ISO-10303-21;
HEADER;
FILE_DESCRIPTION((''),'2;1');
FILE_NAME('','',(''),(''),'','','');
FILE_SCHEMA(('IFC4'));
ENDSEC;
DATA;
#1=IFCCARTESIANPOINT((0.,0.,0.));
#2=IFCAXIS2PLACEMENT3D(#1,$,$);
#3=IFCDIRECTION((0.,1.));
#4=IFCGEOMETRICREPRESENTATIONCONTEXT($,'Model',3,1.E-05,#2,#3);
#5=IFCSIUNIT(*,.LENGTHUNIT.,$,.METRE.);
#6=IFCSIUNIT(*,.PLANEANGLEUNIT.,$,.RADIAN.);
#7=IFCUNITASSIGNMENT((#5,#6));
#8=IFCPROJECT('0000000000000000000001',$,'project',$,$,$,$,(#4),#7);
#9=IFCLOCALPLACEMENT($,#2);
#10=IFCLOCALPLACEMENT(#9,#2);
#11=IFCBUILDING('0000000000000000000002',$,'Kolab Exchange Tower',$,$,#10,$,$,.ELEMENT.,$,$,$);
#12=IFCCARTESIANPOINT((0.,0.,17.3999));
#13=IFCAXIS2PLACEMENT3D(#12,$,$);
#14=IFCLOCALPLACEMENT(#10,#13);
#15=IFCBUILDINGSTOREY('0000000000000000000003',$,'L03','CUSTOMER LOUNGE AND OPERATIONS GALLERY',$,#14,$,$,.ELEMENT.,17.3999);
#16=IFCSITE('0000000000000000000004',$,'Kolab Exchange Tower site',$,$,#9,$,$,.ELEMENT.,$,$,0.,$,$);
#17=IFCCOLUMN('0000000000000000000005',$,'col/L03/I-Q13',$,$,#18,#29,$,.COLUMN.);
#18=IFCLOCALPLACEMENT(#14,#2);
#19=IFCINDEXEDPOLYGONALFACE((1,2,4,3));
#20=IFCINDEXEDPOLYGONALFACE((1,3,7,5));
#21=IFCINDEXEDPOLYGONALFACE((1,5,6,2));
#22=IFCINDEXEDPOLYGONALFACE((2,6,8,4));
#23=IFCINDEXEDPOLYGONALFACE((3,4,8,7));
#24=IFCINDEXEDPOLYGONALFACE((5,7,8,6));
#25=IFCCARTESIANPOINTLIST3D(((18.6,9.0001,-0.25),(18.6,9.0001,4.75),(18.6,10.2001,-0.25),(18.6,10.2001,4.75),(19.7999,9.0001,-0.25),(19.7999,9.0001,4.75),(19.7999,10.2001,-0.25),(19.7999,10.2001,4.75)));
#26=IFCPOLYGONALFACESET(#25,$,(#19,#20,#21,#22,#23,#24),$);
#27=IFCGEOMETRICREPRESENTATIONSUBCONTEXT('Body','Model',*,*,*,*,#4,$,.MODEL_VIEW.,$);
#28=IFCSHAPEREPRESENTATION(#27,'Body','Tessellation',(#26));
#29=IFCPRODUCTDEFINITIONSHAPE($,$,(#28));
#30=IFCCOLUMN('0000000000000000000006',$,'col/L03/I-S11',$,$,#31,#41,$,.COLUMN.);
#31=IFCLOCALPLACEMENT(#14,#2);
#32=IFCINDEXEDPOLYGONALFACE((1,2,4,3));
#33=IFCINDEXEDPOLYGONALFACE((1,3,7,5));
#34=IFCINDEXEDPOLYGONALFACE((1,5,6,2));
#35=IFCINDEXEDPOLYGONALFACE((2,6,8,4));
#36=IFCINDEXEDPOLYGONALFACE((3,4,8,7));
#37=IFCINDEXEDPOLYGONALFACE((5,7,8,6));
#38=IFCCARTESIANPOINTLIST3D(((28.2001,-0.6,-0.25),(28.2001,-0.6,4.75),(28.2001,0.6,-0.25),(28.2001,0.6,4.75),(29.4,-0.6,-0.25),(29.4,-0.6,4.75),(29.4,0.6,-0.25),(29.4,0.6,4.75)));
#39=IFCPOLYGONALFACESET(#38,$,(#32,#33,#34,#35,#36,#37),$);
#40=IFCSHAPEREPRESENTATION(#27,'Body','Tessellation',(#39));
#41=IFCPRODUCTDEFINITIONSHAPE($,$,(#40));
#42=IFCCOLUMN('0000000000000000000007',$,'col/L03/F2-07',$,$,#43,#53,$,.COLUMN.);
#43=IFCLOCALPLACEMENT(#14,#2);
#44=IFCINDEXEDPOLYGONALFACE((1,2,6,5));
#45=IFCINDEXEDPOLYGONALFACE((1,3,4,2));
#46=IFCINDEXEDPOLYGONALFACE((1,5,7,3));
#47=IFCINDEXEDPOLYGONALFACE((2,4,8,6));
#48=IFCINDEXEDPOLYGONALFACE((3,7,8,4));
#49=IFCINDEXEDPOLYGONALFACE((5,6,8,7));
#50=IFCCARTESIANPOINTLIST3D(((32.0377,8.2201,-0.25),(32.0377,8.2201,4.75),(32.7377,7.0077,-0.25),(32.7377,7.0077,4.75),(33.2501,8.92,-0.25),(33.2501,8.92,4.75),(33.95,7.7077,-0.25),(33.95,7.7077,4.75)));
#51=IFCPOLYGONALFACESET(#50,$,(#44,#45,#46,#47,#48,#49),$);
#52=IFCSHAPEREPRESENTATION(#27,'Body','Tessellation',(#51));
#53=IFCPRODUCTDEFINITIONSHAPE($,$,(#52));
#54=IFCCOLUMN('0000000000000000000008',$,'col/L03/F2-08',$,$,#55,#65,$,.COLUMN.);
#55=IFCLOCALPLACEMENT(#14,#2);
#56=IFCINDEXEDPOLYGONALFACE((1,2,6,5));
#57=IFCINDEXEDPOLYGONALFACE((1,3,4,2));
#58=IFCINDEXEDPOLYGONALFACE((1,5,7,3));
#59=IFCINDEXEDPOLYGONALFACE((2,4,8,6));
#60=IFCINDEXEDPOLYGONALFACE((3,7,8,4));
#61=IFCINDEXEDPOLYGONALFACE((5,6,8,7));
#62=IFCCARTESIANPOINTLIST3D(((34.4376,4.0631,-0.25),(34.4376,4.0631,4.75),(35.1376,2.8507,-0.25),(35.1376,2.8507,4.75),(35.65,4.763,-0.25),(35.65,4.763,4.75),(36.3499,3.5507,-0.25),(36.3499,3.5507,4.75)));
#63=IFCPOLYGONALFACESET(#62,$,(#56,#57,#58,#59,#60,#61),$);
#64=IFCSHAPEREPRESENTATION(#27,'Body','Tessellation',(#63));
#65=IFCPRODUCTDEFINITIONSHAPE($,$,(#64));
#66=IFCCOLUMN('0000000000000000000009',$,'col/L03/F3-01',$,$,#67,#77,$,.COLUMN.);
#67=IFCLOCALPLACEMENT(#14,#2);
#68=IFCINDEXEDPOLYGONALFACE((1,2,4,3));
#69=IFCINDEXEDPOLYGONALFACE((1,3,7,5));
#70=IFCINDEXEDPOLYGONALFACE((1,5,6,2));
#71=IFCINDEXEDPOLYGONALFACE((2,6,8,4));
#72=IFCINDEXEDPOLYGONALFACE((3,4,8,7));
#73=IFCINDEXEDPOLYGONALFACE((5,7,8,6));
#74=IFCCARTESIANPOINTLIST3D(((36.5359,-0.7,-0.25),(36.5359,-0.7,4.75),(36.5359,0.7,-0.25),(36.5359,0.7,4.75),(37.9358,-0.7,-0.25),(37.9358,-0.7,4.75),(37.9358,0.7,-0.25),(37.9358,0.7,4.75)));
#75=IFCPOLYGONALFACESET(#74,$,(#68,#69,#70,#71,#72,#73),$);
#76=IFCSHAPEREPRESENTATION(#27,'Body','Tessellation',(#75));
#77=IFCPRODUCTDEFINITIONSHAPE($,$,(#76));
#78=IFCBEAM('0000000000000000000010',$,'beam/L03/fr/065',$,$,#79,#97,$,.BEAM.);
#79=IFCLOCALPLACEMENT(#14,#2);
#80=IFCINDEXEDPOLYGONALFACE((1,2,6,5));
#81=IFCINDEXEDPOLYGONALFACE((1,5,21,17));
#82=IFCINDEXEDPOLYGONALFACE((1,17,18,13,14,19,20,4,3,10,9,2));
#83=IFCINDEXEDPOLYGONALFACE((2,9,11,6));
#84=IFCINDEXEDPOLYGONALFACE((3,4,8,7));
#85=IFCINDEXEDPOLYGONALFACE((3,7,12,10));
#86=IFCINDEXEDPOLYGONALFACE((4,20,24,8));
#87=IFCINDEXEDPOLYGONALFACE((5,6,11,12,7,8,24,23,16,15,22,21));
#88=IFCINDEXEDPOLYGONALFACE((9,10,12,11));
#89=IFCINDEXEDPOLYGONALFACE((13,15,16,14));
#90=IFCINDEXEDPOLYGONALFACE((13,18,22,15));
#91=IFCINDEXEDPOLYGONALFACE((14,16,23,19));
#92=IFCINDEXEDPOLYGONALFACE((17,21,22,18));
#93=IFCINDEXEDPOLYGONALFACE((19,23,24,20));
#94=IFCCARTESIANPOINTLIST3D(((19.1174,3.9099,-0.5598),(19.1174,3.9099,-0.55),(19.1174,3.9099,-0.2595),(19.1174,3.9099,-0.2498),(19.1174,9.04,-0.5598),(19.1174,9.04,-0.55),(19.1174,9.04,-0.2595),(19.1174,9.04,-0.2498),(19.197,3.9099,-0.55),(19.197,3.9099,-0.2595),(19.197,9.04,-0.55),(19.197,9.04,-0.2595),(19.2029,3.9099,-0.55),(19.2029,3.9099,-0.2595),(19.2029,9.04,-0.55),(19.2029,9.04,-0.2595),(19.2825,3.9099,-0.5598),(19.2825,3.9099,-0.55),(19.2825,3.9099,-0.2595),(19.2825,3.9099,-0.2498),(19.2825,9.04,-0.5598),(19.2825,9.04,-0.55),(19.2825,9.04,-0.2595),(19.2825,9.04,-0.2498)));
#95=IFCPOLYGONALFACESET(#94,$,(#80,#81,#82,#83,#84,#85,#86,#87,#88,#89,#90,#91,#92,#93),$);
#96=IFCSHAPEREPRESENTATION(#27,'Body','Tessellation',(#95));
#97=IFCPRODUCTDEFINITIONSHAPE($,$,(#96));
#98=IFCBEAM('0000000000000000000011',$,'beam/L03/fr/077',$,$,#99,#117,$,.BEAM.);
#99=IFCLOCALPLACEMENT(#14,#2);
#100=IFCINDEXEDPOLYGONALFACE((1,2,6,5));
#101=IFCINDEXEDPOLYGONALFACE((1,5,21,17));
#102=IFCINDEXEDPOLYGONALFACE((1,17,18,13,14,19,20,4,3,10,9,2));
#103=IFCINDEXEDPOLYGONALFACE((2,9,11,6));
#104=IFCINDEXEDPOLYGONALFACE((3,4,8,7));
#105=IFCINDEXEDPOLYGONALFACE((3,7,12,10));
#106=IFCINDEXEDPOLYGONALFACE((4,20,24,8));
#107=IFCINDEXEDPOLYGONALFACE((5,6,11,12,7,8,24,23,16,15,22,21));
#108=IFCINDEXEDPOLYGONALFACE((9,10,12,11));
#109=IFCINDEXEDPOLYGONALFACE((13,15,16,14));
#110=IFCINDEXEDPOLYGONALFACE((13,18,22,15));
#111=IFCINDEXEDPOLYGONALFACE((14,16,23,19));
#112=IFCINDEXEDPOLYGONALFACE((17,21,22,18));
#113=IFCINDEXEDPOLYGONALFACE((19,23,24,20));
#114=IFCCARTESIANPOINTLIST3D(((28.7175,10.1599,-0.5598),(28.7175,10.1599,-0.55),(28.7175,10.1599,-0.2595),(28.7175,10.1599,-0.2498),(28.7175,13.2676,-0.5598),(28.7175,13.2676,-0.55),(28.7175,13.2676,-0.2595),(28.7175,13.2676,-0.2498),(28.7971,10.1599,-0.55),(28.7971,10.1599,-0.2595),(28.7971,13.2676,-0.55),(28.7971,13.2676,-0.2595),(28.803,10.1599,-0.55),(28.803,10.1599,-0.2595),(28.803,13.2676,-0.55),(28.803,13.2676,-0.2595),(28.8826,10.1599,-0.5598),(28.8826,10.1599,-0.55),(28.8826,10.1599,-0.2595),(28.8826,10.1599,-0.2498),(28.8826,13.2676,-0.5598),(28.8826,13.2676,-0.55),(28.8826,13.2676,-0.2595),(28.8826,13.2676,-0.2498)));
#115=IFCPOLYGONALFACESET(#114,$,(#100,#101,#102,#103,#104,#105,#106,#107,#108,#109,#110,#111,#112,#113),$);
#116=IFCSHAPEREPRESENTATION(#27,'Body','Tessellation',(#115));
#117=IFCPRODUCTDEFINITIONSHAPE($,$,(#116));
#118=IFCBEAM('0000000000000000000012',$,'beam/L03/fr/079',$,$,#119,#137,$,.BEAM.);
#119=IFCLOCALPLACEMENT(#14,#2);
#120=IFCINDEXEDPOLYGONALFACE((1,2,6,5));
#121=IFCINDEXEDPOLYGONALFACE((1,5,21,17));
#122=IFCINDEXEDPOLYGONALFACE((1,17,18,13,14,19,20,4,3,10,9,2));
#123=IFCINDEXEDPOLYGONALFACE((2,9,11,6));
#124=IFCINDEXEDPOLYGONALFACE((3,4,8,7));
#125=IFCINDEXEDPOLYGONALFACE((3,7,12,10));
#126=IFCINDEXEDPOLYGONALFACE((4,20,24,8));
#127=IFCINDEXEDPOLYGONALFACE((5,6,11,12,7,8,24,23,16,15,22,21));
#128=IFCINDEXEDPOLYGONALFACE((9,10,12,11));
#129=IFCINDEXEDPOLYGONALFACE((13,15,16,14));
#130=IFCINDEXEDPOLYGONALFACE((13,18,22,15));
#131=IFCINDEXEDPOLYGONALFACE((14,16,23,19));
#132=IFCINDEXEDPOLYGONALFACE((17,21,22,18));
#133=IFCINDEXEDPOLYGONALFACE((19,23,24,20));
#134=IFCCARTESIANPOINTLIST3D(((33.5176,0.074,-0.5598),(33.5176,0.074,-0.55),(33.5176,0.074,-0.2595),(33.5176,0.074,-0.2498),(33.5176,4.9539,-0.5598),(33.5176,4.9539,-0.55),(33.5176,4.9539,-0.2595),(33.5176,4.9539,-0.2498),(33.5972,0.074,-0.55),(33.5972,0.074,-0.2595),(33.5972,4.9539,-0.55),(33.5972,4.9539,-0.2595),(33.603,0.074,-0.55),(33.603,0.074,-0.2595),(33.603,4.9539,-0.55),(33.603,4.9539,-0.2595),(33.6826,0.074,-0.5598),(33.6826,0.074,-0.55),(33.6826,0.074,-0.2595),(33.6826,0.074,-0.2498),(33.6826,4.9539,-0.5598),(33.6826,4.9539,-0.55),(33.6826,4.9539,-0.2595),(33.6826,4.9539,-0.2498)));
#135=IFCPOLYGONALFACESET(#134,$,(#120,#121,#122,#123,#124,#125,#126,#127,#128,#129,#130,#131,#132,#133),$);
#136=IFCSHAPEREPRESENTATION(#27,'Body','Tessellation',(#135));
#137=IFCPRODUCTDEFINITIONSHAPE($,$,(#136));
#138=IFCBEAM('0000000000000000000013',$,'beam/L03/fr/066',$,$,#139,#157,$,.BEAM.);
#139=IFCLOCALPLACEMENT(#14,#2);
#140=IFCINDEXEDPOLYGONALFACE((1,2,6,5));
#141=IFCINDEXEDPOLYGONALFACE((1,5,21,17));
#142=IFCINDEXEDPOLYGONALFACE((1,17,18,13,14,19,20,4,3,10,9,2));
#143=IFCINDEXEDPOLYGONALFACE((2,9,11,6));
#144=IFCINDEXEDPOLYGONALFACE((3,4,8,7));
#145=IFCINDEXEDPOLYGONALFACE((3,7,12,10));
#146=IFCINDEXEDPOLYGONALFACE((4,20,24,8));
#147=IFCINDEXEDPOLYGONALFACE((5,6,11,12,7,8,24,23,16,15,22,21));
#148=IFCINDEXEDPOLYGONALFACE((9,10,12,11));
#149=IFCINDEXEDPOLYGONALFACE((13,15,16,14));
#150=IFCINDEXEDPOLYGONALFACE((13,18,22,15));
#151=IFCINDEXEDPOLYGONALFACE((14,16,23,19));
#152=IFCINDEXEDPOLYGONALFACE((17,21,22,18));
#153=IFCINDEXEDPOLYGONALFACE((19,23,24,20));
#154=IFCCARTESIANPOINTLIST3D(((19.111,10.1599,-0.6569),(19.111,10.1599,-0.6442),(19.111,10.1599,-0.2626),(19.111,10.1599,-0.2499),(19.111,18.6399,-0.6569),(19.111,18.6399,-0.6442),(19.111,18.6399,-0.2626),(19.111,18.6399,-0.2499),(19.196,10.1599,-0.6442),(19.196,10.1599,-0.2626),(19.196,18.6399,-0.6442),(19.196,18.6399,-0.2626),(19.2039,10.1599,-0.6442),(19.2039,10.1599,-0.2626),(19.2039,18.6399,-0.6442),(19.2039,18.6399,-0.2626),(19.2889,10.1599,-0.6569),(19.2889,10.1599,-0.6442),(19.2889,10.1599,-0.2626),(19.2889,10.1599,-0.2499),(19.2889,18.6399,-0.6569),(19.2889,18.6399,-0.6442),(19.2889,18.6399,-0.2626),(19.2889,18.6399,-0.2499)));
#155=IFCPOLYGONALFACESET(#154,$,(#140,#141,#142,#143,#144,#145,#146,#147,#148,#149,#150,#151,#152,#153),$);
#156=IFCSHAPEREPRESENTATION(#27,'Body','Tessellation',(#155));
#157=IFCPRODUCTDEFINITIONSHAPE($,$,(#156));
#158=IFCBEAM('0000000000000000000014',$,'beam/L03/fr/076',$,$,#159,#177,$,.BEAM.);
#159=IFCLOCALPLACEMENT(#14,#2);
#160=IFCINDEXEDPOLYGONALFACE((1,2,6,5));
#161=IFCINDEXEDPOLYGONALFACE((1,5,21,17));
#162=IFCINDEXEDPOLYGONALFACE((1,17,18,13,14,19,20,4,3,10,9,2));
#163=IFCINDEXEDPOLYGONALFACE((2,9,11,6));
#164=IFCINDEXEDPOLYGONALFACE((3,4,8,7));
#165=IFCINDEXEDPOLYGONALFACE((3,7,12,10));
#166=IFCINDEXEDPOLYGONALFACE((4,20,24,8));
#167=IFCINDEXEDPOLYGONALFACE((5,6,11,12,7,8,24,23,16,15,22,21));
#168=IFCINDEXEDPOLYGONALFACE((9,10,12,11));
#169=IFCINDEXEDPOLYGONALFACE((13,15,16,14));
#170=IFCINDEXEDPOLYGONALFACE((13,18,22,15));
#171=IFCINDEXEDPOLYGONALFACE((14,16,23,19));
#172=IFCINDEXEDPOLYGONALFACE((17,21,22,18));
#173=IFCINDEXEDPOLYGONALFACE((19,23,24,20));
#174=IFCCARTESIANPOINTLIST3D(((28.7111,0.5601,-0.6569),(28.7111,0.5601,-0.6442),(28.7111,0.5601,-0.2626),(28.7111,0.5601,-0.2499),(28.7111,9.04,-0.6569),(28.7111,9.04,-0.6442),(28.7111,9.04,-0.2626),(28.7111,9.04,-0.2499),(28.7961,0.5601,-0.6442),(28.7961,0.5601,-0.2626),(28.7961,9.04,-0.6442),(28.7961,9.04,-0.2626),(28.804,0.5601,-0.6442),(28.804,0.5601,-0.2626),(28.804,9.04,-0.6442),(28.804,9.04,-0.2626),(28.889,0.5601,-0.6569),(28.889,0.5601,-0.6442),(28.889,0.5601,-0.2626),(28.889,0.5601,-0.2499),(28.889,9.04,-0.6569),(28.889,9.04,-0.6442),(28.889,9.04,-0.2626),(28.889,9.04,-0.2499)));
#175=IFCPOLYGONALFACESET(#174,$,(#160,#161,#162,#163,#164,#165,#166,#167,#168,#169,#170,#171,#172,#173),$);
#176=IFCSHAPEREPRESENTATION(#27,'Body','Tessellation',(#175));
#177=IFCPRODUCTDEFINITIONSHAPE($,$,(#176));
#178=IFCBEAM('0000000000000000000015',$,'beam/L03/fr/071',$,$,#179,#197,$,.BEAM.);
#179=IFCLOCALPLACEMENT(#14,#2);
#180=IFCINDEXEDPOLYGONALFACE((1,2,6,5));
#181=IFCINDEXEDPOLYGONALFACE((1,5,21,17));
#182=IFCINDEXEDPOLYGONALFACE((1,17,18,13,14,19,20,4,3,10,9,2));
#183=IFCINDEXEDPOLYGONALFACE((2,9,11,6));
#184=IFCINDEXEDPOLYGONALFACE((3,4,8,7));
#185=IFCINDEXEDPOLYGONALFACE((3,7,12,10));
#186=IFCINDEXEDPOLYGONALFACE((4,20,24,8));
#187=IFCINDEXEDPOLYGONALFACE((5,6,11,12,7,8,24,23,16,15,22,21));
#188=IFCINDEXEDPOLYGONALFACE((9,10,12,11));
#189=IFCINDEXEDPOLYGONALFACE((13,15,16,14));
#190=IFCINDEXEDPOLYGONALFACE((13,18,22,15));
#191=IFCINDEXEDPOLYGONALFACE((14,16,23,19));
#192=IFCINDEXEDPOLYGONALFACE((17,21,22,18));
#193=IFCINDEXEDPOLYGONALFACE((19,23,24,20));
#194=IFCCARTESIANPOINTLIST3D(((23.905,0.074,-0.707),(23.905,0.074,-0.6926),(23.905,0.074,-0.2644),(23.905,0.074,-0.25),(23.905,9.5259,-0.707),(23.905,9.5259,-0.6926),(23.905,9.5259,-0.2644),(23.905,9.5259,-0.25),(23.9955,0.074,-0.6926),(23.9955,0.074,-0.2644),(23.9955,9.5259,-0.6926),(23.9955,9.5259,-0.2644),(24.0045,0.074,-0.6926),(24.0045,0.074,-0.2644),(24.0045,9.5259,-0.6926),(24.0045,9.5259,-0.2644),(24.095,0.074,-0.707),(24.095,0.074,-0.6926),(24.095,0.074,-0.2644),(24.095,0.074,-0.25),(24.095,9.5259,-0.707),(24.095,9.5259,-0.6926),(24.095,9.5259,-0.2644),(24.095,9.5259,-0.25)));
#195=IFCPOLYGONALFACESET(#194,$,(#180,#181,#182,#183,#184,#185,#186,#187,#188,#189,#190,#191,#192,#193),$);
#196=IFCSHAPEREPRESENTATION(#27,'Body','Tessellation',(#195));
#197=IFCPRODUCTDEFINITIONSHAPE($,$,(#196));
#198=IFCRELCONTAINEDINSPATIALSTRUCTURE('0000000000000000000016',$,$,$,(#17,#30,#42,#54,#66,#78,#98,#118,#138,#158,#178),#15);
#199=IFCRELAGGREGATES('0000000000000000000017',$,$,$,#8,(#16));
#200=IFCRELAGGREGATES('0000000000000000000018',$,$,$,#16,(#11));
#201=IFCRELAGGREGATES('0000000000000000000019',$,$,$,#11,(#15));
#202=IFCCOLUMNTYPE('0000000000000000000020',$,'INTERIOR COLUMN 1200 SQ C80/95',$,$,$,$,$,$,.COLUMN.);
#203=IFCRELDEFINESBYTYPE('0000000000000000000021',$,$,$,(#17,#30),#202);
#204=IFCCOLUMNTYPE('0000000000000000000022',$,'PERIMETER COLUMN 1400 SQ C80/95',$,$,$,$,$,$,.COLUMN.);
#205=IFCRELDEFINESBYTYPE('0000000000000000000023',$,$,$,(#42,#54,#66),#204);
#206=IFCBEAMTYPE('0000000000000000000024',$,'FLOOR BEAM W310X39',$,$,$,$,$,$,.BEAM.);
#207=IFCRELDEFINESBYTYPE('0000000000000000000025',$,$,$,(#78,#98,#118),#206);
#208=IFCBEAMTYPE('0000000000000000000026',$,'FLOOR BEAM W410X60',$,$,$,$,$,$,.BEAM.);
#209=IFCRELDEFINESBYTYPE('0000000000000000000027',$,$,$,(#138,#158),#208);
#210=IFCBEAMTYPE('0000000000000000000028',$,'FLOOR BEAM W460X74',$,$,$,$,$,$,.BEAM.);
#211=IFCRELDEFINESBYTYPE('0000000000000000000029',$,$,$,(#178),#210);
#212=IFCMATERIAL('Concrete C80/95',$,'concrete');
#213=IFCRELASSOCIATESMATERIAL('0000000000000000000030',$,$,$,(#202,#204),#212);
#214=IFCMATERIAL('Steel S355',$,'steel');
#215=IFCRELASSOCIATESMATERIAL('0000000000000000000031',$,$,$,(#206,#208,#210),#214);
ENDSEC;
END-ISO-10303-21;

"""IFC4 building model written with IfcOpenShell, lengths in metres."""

from ifc_helpers import new_model, si_unit, direction, frame, origin, origin_2d, place, context, subcontext, project, spatial, rectangle, i_section, extrude, material, material_profile, profile_set, type_object, element, save


model = new_model("IFC4")

# Units and contexts
model_context = context("Model", 3, precision=1e-05, world=origin(), true_north=direction((0.0, 1.0)))
body_context = subcontext(model_context, "Body", "Model", "MODEL_VIEW")
ifc_project = project(units=[si_unit("LENGTHUNIT", "METRE"), si_unit("PLANEANGLEUNIT", "RADIAN")], contexts=[model_context])

# Site, building, storey
site_placement = place(None, origin())
site = spatial("IfcSite", under=ifc_project, at=site_placement, Name="Kolab Exchange Tower site", CompositionType="ELEMENT", RefElevation=0.0)
building_placement = place(site_placement, origin())
building = spatial("IfcBuilding", under=site, at=building_placement, Name="Kolab Exchange Tower", CompositionType="ELEMENT")
storey_placement = place(building_placement, frame((0.0, 0.0, 17.3999)))
storey = spatial("IfcBuildingStorey", under=building, at=storey_placement, Name="L03", Description="CUSTOMER LOUNGE AND OPERATIONS GALLERY", CompositionType="ELEMENT", Elevation=17.3999)

# Columns
ifc_material_1 = material(Name="Concrete C80/95", Category="concrete")
ifc_material_profile_1 = material_profile(ifc_material_1, rectangle(XDim=1.2, YDim=1.2, at=origin_2d()), Name="RC1200")
ifc_profile_set_1 = profile_set([ifc_material_profile_1], Name="Concrete C80/95")
column_type_1 = type_object("IfcColumnType", Name="INTERIOR COLUMN 1200 SQ C80/95", PredefinedType="COLUMN", material=ifc_profile_set_1)
for number, where, z_axis, x_axis, name in (
    (1, (19.2, 9.6001, -0.25), (0.0, 0.0, 1.0), (1.0, 0.0, 0.0), "col/L03/I-Q13"),
    (2, (28.8, 0.0, -0.25), (0.0, 0.0, 1.0), (1.0, 0.0, 0.0), "col/L03/I-S11"),
):
    element("IfcColumn", number, at=place(storey_placement, frame(where, z_axis=z_axis, x_axis=x_axis)), inside=storey, type_object=column_type_1, Name=name, PredefinedType="COLUMN", context=body_context, shape_type="SweptSolid", body=[
        extrude(rectangle(XDim=1.2, YDim=1.2, at=origin_2d()), origin(), (0.0, 0.0, 1.0), 5.0),
    ])
ifc_material_profile_2 = material_profile(ifc_material_1, rectangle(XDim=1.3999, YDim=1.3999, at=origin_2d()), Name="RC1400")
ifc_profile_set_2 = profile_set([ifc_material_profile_2], Name="Concrete C80/95")
column_type_2 = type_object("IfcColumnType", Name="PERIMETER COLUMN 1400 SQ C80/95", PredefinedType="COLUMN", material=ifc_profile_set_2)
for number, where, z_axis, x_axis, name in (
    (3, (32.9939, 7.9639, -0.25), (0.0, 0.0, 1.0), (0.866025, 0.5, 0.0), "col/L03/F2-07"),
    (4, (35.3938, 3.8069, -0.25), (0.0, 0.0, 1.0), (0.866025, 0.5, 0.0), "col/L03/F2-08"),
    (5, (37.2358, 0.0, -0.25), (0.0, 0.0, 1.0), (1.0, 0.0, 0.0), "col/L03/F3-01"),
):
    element("IfcColumn", number, at=place(storey_placement, frame(where, z_axis=z_axis, x_axis=x_axis)), inside=storey, type_object=column_type_2, Name=name, PredefinedType="COLUMN", context=body_context, shape_type="SweptSolid", body=[
        extrude(rectangle(XDim=1.3999, YDim=1.3999, at=origin_2d()), origin(), (0.0, 0.0, 1.0), 5.0),
    ])

# Beams
ifc_material_2 = material(Name="Steel S355", Category="steel")
ifc_material_profile_3 = material_profile(ifc_material_2, i_section(OverallWidth=0.165, OverallDepth=0.3101, WebThickness=0.0059, FlangeThickness=0.0098, at=origin_2d()), Name="W310X39")
ifc_profile_set_3 = profile_set([ifc_material_profile_3], Name="Steel S355")
beam_type_1 = type_object("IfcBeamType", Name="FLOOR BEAM W310X39", PredefinedType="BEAM", material=ifc_profile_set_3)
beam_1_placement = place(storey_placement, frame((19.2, 3.9099, -0.4048), z_axis=(0.0, 1.0, 0.0), x_axis=(-1.0, 0.0, 0.0)))
element("IfcBeam", 6, at=beam_1_placement, inside=storey, type_object=beam_type_1, Name="beam/L03/fr/065", PredefinedType="BEAM", context=body_context, shape_type="SweptSolid", body=[
    extrude(i_section(OverallWidth=0.165, OverallDepth=0.3101, WebThickness=0.0059, FlangeThickness=0.0098, at=origin_2d()), origin(), (0.0, 0.0, 1.0), 5.1301),
])
beam_2_placement = place(storey_placement, frame((28.8, 10.1599, -0.4048), z_axis=(0.0, 1.0, 0.0), x_axis=(-1.0, 0.0, 0.0)))
element("IfcBeam", 7, at=beam_2_placement, inside=storey, type_object=beam_type_1, Name="beam/L03/fr/077", PredefinedType="BEAM", context=body_context, shape_type="SweptSolid", body=[
    extrude(i_section(OverallWidth=0.165, OverallDepth=0.3101, WebThickness=0.0059, FlangeThickness=0.0098, at=origin_2d()), origin(), (0.0, 0.0, 1.0), 3.1077),
])
beam_3_placement = place(storey_placement, frame((33.6001, 0.074, -0.4048), z_axis=(0.0, 1.0, 0.0), x_axis=(-1.0, 0.0, 0.0)))
element("IfcBeam", 8, at=beam_3_placement, inside=storey, type_object=beam_type_1, Name="beam/L03/fr/079", PredefinedType="BEAM", context=body_context, shape_type="SweptSolid", body=[
    extrude(i_section(OverallWidth=0.165, OverallDepth=0.3101, WebThickness=0.0059, FlangeThickness=0.0098, at=origin_2d()), origin(), (0.0, 0.0, 1.0), 4.8799),
])
ifc_material_profile_4 = material_profile(ifc_material_2, i_section(OverallWidth=0.178, OverallDepth=0.407, WebThickness=0.0078, FlangeThickness=0.0127, at=origin_2d()), Name="W410X60")
ifc_profile_set_4 = profile_set([ifc_material_profile_4], Name="Steel S355")
beam_type_2 = type_object("IfcBeamType", Name="FLOOR BEAM W410X60", PredefinedType="BEAM", material=ifc_profile_set_4)
for number, where, z_axis, x_axis, name in (
    (9, (19.2, 10.1599, -0.4534), (0.0, 1.0, 0.0), (-1.0, 0.0, 0.0), "beam/L03/fr/066"),
    (10, (28.8, 0.5601, -0.4534), (0.0, 1.0, 0.0), (-1.0, 0.0, 0.0), "beam/L03/fr/076"),
):
    element("IfcBeam", number, at=place(storey_placement, frame(where, z_axis=z_axis, x_axis=x_axis)), inside=storey, type_object=beam_type_2, Name=name, PredefinedType="BEAM", context=body_context, shape_type="SweptSolid", body=[
        extrude(i_section(OverallWidth=0.178, OverallDepth=0.407, WebThickness=0.0078, FlangeThickness=0.0127, at=origin_2d()), origin(), (0.0, 0.0, 1.0), 8.48),
    ])
ifc_material_profile_5 = material_profile(ifc_material_2, i_section(OverallWidth=0.1899, OverallDepth=0.457, WebThickness=0.009, FlangeThickness=0.0144, at=origin_2d()), Name="W460X74")
ifc_profile_set_5 = profile_set([ifc_material_profile_5], Name="Steel S355")
beam_type_3 = type_object("IfcBeamType", Name="FLOOR BEAM W460X74", PredefinedType="BEAM", material=ifc_profile_set_5)
for number, where, z_axis, x_axis, name in (
    (11, (24.0, 0.074, -0.4785), (0.0, 1.0, 0.0), (-1.0, 0.0, 0.0), "beam/L03/fr/071"),
):
    element("IfcBeam", number, at=place(storey_placement, frame(where, z_axis=z_axis, x_axis=x_axis)), inside=storey, type_object=beam_type_3, Name=name, PredefinedType="BEAM", context=body_context, shape_type="SweptSolid", body=[
        extrude(i_section(OverallWidth=0.1899, OverallDepth=0.457, WebThickness=0.009, FlangeThickness=0.0144, at=origin_2d()), origin(), (0.0, 0.0, 1.0), 9.4519),
    ])

save(model, "model.ifc")
